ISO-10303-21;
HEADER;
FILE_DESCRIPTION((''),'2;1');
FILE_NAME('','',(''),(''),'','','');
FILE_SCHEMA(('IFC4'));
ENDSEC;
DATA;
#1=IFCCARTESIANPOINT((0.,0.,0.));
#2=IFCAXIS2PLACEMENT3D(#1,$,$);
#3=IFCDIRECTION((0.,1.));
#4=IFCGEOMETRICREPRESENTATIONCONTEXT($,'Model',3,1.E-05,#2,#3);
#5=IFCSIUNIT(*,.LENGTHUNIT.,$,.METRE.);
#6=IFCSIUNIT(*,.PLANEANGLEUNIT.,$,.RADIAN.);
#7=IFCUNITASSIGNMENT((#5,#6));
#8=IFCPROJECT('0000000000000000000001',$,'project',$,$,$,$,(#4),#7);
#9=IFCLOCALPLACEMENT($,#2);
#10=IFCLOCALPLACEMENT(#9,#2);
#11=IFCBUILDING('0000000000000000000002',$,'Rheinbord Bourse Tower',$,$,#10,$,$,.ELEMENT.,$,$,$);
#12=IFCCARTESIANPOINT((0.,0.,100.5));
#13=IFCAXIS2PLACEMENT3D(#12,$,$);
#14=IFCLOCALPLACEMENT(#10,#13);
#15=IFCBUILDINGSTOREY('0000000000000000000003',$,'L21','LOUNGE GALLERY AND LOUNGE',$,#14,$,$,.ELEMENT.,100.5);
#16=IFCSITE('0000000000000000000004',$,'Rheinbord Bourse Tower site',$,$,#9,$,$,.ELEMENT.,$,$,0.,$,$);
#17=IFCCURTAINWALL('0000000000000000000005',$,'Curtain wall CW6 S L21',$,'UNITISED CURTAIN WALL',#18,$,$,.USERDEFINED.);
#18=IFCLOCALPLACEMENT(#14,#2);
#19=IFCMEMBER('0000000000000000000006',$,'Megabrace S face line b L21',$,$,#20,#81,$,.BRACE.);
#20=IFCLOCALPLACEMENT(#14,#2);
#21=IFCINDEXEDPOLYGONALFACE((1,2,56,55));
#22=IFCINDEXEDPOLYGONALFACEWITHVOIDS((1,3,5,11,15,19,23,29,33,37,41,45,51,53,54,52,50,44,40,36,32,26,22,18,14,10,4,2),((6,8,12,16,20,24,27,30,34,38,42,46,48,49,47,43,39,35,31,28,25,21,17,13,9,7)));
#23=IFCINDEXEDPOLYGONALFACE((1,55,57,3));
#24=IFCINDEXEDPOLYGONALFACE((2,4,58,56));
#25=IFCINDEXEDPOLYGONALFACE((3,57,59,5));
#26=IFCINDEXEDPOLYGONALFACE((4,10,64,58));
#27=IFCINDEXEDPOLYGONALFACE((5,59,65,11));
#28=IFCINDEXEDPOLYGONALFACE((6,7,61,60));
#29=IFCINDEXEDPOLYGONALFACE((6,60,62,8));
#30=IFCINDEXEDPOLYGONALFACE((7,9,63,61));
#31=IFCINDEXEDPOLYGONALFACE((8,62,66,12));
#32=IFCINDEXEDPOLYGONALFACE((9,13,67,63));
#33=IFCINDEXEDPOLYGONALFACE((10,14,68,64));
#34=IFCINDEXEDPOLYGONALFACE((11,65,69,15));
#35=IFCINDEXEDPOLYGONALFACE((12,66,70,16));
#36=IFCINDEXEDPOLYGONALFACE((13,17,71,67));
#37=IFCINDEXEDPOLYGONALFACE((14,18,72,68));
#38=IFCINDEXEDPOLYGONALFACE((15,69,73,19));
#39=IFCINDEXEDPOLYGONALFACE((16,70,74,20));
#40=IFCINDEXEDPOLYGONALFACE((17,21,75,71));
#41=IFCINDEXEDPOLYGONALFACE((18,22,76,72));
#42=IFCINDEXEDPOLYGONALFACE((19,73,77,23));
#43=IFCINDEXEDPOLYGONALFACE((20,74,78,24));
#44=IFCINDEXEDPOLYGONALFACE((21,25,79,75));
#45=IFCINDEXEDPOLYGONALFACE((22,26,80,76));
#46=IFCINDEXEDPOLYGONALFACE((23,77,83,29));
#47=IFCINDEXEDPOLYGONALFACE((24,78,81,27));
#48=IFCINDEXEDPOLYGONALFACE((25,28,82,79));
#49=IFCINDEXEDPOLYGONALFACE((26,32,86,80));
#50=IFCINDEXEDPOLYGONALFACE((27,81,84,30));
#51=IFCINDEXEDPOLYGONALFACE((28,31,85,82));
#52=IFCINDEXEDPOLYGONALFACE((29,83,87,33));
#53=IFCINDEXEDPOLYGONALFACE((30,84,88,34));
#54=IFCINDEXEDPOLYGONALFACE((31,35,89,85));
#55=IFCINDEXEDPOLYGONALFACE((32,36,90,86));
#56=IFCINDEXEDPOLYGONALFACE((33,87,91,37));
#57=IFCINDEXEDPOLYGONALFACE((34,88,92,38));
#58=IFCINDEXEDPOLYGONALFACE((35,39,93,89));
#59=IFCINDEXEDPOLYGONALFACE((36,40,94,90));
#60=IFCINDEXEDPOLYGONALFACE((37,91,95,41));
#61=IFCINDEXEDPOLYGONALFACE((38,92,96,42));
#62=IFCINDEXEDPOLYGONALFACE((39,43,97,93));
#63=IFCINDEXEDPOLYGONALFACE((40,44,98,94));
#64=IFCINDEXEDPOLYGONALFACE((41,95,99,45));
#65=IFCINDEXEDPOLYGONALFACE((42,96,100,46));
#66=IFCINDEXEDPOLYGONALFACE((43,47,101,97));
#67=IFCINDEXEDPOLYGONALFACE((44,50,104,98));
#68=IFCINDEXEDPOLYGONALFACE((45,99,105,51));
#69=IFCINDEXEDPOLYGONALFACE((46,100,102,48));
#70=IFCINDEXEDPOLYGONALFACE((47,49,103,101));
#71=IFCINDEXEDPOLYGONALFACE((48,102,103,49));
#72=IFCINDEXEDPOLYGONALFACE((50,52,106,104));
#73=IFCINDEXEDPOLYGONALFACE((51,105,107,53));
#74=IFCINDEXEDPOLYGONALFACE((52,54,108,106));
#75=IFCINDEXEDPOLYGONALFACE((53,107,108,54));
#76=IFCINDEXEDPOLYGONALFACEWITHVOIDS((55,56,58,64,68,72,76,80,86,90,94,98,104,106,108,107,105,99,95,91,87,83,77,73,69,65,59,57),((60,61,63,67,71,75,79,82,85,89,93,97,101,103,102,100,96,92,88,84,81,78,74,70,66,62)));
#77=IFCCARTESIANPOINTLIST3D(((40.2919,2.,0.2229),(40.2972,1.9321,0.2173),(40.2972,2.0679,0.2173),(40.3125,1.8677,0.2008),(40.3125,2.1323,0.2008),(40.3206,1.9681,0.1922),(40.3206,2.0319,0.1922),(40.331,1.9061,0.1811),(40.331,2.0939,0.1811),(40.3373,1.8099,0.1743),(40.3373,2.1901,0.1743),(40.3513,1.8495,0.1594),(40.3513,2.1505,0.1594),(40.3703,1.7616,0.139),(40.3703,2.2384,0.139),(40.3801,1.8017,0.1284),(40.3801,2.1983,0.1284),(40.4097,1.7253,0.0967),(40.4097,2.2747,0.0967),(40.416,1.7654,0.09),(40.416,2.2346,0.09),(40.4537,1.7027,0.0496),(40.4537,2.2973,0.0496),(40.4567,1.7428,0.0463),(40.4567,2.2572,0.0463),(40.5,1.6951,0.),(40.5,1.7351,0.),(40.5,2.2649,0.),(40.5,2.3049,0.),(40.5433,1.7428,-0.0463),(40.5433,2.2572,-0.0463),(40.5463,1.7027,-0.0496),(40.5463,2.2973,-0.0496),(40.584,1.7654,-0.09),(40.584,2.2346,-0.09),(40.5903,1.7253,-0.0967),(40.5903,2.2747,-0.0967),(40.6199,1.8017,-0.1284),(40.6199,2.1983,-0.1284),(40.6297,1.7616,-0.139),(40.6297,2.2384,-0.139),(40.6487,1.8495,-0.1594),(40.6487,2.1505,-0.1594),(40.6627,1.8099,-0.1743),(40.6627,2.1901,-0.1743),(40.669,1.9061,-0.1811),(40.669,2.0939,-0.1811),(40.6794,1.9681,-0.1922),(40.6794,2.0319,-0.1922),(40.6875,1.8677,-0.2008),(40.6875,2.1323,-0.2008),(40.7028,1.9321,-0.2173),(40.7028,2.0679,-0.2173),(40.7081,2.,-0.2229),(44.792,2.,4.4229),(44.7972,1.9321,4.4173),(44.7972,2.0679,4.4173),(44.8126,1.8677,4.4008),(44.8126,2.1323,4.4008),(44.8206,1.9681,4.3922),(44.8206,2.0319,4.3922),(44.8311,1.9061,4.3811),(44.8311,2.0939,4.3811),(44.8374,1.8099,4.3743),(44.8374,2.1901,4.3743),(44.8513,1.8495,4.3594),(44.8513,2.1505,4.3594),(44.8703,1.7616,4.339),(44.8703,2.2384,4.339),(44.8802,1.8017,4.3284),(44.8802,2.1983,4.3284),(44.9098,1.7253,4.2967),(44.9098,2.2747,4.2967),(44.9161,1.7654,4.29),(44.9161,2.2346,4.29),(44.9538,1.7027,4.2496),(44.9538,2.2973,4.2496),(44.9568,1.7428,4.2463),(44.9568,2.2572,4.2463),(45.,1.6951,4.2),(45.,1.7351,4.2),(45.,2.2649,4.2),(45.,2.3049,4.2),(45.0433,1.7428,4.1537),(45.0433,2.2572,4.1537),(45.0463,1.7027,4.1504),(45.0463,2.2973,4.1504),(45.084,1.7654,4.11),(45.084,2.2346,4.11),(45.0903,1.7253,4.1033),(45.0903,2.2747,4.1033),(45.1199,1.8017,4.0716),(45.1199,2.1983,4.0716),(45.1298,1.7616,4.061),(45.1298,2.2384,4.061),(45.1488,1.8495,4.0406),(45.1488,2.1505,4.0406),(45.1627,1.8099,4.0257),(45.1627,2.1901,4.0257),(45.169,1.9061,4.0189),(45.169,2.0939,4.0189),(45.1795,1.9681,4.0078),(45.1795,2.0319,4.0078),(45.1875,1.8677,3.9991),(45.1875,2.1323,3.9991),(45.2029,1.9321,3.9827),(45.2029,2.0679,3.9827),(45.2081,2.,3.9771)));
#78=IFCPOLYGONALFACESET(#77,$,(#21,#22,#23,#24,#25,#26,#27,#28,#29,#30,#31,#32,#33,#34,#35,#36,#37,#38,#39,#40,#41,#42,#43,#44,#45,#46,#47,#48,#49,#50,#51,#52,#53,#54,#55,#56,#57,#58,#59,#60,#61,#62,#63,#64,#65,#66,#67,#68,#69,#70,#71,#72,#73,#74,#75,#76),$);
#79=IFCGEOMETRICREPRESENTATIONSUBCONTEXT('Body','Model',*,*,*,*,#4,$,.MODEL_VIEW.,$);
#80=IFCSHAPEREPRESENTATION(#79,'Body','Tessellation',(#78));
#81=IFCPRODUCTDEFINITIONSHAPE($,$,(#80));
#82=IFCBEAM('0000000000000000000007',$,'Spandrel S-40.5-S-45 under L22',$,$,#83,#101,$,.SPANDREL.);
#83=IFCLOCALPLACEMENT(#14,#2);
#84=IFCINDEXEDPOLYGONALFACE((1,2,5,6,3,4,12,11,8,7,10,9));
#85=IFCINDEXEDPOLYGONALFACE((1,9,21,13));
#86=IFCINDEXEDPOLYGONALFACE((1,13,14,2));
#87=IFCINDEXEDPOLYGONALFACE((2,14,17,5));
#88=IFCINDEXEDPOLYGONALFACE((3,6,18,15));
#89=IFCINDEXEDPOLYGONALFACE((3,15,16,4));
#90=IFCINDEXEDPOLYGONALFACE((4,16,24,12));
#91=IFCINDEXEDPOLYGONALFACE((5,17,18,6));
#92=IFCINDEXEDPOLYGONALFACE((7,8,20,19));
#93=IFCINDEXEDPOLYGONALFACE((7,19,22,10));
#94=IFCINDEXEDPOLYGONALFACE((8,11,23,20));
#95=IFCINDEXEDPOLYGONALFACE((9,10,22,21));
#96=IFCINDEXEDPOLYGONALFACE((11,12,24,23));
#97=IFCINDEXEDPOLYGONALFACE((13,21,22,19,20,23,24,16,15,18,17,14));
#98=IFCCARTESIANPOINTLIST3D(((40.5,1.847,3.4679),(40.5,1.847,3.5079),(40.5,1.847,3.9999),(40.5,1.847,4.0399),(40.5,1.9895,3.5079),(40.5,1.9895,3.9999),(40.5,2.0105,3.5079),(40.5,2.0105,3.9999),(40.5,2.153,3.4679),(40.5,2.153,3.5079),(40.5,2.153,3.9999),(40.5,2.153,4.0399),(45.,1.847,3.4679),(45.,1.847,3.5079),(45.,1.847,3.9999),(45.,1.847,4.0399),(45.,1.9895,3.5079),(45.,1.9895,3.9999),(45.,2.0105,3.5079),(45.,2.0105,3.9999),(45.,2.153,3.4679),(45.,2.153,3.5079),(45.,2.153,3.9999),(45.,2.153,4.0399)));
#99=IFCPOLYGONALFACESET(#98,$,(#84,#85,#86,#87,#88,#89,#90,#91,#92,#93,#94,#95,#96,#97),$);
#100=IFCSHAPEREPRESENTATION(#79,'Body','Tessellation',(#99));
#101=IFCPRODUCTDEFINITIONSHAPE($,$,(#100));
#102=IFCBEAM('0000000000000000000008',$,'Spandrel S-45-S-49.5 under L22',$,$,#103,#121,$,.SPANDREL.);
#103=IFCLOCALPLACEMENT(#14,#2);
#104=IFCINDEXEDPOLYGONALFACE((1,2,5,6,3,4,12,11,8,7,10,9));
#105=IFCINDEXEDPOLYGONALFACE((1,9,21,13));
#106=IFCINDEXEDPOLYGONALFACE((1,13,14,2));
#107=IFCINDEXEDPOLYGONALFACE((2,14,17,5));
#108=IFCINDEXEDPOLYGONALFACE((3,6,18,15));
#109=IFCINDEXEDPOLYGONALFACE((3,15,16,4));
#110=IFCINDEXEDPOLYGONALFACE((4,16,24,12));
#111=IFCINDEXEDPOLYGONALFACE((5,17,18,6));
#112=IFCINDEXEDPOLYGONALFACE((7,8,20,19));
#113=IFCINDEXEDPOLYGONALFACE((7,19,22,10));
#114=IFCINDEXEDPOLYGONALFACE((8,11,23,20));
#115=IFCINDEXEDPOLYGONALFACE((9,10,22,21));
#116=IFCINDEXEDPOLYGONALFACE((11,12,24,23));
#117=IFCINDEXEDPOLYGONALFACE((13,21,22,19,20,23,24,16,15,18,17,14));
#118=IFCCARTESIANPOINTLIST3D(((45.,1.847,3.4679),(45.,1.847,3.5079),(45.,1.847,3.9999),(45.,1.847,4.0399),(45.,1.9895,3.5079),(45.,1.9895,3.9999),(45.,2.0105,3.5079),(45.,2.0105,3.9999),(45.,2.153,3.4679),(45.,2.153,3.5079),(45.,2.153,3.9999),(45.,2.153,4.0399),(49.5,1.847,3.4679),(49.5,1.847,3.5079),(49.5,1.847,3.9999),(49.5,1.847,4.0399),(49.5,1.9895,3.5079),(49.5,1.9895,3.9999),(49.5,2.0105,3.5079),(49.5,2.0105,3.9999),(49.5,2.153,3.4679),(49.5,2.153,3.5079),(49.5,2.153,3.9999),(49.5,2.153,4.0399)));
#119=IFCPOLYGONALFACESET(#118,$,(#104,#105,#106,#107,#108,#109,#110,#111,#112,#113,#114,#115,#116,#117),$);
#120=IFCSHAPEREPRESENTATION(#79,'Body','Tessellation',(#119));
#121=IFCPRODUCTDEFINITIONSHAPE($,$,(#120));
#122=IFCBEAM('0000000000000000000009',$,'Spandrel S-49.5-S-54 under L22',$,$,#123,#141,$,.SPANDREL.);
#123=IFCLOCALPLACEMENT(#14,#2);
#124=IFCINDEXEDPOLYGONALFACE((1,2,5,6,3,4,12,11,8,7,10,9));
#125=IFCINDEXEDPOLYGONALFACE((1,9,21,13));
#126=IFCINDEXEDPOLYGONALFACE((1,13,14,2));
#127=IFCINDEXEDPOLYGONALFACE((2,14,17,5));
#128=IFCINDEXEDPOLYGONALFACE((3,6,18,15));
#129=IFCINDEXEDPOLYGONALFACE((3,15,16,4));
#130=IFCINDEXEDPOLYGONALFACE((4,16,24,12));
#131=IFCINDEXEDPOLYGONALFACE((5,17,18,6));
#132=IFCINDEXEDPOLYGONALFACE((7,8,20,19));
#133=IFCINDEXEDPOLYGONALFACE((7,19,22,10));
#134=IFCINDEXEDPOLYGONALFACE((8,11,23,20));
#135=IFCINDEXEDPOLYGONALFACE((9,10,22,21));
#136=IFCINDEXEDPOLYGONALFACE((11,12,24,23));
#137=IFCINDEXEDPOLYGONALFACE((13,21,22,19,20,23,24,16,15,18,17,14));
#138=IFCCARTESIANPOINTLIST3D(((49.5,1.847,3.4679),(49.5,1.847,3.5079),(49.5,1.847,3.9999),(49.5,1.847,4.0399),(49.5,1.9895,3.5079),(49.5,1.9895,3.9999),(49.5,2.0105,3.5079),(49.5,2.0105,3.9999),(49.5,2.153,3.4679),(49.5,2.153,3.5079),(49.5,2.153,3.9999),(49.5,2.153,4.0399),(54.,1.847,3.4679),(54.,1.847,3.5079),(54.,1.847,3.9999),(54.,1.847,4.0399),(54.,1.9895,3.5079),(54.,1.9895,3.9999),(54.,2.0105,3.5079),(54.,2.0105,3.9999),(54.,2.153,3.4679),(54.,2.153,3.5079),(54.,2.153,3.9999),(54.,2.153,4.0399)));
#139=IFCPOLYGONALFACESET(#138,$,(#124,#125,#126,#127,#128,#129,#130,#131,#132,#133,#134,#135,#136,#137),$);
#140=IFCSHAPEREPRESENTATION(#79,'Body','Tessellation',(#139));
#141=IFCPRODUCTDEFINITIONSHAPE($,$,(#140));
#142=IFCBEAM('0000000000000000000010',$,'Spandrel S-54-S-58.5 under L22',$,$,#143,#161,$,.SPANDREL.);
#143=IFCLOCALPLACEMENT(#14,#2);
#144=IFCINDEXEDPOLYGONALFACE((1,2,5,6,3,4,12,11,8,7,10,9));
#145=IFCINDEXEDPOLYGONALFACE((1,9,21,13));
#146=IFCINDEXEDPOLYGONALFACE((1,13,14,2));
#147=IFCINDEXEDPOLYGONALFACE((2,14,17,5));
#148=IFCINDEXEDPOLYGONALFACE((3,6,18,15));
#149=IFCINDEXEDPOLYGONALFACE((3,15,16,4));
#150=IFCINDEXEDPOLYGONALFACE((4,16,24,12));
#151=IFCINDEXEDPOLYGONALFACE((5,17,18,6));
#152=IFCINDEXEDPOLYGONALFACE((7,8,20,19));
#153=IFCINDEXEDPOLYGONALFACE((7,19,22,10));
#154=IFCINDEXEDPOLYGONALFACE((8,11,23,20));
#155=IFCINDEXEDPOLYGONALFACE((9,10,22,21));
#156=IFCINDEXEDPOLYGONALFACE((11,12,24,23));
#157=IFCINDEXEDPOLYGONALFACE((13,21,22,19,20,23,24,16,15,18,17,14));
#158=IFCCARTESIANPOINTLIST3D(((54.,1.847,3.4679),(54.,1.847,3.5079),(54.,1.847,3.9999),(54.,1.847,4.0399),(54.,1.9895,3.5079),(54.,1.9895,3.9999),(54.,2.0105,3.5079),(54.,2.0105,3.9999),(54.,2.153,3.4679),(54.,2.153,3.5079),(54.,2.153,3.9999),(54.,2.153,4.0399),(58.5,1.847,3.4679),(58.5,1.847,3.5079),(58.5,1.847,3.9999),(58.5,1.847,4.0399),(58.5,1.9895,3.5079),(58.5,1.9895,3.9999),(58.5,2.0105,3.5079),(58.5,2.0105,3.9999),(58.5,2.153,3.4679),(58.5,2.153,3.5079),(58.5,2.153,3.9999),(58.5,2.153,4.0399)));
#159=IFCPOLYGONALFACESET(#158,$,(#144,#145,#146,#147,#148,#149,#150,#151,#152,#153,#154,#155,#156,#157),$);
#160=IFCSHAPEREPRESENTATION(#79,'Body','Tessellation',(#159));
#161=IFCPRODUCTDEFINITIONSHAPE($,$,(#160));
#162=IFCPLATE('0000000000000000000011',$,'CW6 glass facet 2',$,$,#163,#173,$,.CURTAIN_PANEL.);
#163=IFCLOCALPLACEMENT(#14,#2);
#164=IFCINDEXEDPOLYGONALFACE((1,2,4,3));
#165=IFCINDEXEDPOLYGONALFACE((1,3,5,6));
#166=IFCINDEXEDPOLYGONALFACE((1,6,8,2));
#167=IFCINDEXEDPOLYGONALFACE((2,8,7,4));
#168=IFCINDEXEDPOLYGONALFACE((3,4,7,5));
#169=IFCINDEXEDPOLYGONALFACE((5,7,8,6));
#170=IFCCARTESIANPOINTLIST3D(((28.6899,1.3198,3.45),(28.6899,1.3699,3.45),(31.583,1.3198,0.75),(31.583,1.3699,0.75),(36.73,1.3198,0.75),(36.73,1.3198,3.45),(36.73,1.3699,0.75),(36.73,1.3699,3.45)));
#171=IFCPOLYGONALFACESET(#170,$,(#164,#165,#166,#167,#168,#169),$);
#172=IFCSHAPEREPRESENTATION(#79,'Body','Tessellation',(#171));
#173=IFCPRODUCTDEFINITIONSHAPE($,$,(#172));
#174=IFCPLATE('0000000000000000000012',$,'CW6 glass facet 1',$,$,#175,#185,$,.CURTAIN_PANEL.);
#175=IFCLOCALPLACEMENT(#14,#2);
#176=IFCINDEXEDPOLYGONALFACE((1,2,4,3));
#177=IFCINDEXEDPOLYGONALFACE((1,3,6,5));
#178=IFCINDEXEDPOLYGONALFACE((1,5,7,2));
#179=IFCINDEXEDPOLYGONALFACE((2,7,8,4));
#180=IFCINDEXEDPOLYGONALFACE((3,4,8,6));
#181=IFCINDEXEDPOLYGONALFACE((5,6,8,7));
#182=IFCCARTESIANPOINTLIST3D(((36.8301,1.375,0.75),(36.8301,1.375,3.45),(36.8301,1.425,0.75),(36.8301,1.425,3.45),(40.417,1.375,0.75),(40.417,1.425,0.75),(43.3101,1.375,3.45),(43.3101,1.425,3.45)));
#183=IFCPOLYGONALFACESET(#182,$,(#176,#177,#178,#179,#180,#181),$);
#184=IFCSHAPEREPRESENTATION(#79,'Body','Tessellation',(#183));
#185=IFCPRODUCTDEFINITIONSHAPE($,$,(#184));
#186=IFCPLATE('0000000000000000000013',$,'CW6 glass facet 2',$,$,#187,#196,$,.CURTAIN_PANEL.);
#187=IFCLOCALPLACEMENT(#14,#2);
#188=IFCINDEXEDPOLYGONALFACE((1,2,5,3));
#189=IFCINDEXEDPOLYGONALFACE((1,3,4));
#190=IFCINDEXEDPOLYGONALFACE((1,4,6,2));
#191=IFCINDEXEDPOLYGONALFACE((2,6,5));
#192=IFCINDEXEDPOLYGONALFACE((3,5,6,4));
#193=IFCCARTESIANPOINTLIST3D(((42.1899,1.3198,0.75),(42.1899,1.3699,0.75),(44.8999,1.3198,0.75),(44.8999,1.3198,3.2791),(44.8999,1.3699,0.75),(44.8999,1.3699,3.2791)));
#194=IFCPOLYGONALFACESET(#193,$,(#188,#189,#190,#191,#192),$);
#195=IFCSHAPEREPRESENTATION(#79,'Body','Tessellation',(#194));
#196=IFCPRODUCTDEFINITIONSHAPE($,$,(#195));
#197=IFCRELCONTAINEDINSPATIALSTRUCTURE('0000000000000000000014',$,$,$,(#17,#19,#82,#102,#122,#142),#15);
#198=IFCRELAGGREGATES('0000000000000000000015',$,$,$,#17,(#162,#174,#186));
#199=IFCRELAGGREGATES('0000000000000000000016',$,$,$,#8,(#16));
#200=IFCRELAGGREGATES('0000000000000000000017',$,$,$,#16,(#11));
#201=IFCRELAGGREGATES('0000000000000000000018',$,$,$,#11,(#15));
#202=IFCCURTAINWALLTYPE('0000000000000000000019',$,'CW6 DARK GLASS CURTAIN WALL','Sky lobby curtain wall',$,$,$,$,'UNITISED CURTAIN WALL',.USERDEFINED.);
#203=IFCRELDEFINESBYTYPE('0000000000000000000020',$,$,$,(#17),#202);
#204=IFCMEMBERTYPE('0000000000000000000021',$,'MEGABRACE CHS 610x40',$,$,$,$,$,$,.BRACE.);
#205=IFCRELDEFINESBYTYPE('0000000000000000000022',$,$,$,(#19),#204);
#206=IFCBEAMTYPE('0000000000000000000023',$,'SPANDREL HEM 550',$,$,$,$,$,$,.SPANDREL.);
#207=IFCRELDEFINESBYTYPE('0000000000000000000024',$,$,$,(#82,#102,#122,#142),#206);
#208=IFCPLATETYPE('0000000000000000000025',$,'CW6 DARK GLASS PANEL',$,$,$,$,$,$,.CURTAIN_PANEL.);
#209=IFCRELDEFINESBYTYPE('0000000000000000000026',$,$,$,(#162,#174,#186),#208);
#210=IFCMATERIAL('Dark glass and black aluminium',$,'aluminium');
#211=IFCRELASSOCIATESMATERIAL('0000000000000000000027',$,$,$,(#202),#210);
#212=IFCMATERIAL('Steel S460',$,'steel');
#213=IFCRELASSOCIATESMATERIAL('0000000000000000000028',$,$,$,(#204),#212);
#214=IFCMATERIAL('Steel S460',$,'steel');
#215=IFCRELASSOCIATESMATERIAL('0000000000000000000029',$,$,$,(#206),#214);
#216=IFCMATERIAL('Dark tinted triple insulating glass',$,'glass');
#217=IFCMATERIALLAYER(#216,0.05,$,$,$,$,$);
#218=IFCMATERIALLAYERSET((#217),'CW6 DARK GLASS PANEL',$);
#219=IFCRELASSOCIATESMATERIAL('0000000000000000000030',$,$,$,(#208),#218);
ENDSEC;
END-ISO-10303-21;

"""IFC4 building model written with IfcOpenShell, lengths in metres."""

from ifc_helpers import new_model, si_unit, direction, frame, origin, origin_2d, place, context, subcontext, project, spatial, polyline, hollow_circle, i_section, outline, extrude, material, layer, layer_set, material_profile, profile_set, type_object, element, aggregate, save


model = new_model("IFC4")

# Units and contexts
model_context = context("Model", 3, precision=1e-05, world=origin(), true_north=direction((0.0, 1.0)))
body_context = subcontext(model_context, "Body", "Model", "MODEL_VIEW")
ifc_project = project(units=[si_unit("LENGTHUNIT", "METRE"), si_unit("PLANEANGLEUNIT", "RADIAN")], contexts=[model_context])

# Site, building, storey
site_placement = place(None, origin())
site = spatial("IfcSite", under=ifc_project, at=site_placement, Name="Rheinbord Bourse Tower site", CompositionType="ELEMENT", RefElevation=0.0)
building_placement = place(site_placement, origin())
building = spatial("IfcBuilding", under=site, at=building_placement, Name="Rheinbord Bourse Tower", CompositionType="ELEMENT")
storey_placement = place(building_placement, frame((0.0, 0.0, 100.5)))
storey = spatial("IfcBuildingStorey", under=building, at=storey_placement, Name="L21", Description="LOUNGE GALLERY AND LOUNGE", CompositionType="ELEMENT", Elevation=100.5)

# Curtain wall
ifc_material_1 = material(Name="Dark glass and black aluminium", Category="aluminium")
curtain_wall_type = type_object("IfcCurtainWallType", Name="CW6 DARK GLASS CURTAIN WALL", Description="Sky lobby curtain wall", ElementType="UNITISED CURTAIN WALL", PredefinedType="USERDEFINED", material=ifc_material_1)
curtain_wall_1_placement = place(storey_placement, origin())
curtain_wall_1 = element("IfcCurtainWall", 1, at=curtain_wall_1_placement, inside=storey, type_object=curtain_wall_type, Name="Curtain wall CW6 S L21", ObjectType="UNITISED CURTAIN WALL", PredefinedType="USERDEFINED")

# Member
ifc_material_2 = material(Name="Steel S460", Category="steel")
ifc_material_profile_1 = material_profile(ifc_material_2, hollow_circle(Radius=0.3049, WallThickness=0.04, at=origin_2d()), Name="CHS 610x40")
ifc_profile_set_1 = profile_set([ifc_material_profile_1], Name="Steel S460")
member_type_1 = type_object("IfcMemberType", Name="MEGABRACE CHS 610x40", PredefinedType="BRACE", material=ifc_profile_set_1)
member_1_placement = place(storey_placement, frame((40.5, 2.0, 0.0), z_axis=(0.731059, 0.0, 0.682314), x_axis=(0.0, 1.0, 0.0)))
element("IfcMember", 2, at=member_1_placement, inside=storey, type_object=member_type_1, Name="Megabrace S face line b L21", PredefinedType="BRACE", context=body_context, shape_type="SweptSolid", body=[
    extrude(hollow_circle(Radius=0.3049, WallThickness=0.04, at=origin_2d()), origin(), (0.0, 0.0, 1.0), 6.1555),
])

# Beams
ifc_material_3 = material(Name="Steel S460", Category="steel")
ifc_material_profile_2 = material_profile(ifc_material_3, i_section(OverallWidth=0.3059, OverallDepth=0.572, WebThickness=0.021, FlangeThickness=0.04, at=origin_2d()), Name="HEM 550")
ifc_profile_set_2 = profile_set([ifc_material_profile_2], Name="Steel S460")
beam_type_1 = type_object("IfcBeamType", Name="SPANDREL HEM 550", PredefinedType="SPANDREL", material=ifc_profile_set_2)
for number, where, z_axis, x_axis, name in (
    (3, (40.5, 2.0, 3.7539), (1.0, 0.0, 0.0), (0.0, 1.0, 0.0), "Spandrel S-40.5-S-45 under L22"),
    (4, (45.0, 2.0, 3.7539), (1.0, 0.0, 0.0), (0.0, 1.0, 0.0), "Spandrel S-45-S-49.5 under L22"),
    (5, (49.5, 2.0, 3.7539), (1.0, 0.0, 0.0), (0.0, 1.0, 0.0), "Spandrel S-49.5-S-54 under L22"),
    (6, (54.0, 2.0, 3.7539), (1.0, 0.0, 0.0), (0.0, 1.0, 0.0), "Spandrel S-54-S-58.5 under L22"),
):
    element("IfcBeam", number, at=place(storey_placement, frame(where, z_axis=z_axis, x_axis=x_axis)), inside=storey, type_object=beam_type_1, Name=name, PredefinedType="SPANDREL", context=body_context, shape_type="SweptSolid", body=[
        extrude(i_section(OverallWidth=0.3059, OverallDepth=0.572, WebThickness=0.021, FlangeThickness=0.04, at=origin_2d()), origin(), (0.0, 0.0, 1.0), 4.5),
    ])

# Plates
ifc_material_4 = material(Name="Dark tinted triple insulating glass", Category="glass")
ifc_layer_1 = layer(ifc_material_4, 0.05)
ifc_layer_set_1 = layer_set([ifc_layer_1], Name="CW6 DARK GLASS PANEL")
plate_type = type_object("IfcPlateType", Name="CW6 DARK GLASS PANEL", PredefinedType="CURTAIN_PANEL", material=ifc_layer_set_1)
plate_1_placement = place(storey_placement, frame((36.73, 1.3198, 3.45), z_axis=(0.0, 1.0, 0.0), x_axis=(0.0, 0.0, -1.0)))
plate_1 = element("IfcPlate", 7, at=plate_1_placement, type_object=plate_type, Name="CW6 glass facet 2", PredefinedType="CURTAIN_PANEL", context=body_context, shape_type="SweptSolid", body=[
    extrude(outline(polyline([(0.0, 0.0), (2.7, 0.0), (2.7, 5.147), (0.0, 8.04), (0.0, 0.0)])), origin(), (0.0, 0.0, 1.0), 0.05),
])
plate_2_placement = place(storey_placement, frame((36.8301, 1.375, 0.75), z_axis=(0.0, 1.0, 0.0), x_axis=(0.0, 0.0, 1.0)))
plate_2 = element("IfcPlate", 8, at=plate_2_placement, type_object=plate_type, Name="CW6 glass facet 1", PredefinedType="CURTAIN_PANEL", context=body_context, shape_type="SweptSolid", body=[
    extrude(outline(polyline([(0.0, 0.0), (2.7, 0.0), (2.7, 6.48), (0.0, 3.5869), (0.0, 0.0)])), origin(), (0.0, 0.0, 1.0), 0.05),
])
plate_3_placement = place(storey_placement, frame((44.8999, 1.3198, 0.75), z_axis=(0.0, 1.0, 0.0), x_axis=(-1.0, 0.0, 0.0)))
plate_3 = element("IfcPlate", 9, at=plate_3_placement, type_object=plate_type, Name="CW6 glass facet 2", PredefinedType="CURTAIN_PANEL", context=body_context, shape_type="SweptSolid", body=[
    extrude(outline(polyline([(0.0, 0.0), (2.71, 0.0), (0.0, 2.5291), (0.0, 0.0)])), origin(), (0.0, 0.0, 1.0), 0.05),
])
aggregate(curtain_wall_1, [plate_1, plate_2, plate_3])

save(model, "model.ifc")
